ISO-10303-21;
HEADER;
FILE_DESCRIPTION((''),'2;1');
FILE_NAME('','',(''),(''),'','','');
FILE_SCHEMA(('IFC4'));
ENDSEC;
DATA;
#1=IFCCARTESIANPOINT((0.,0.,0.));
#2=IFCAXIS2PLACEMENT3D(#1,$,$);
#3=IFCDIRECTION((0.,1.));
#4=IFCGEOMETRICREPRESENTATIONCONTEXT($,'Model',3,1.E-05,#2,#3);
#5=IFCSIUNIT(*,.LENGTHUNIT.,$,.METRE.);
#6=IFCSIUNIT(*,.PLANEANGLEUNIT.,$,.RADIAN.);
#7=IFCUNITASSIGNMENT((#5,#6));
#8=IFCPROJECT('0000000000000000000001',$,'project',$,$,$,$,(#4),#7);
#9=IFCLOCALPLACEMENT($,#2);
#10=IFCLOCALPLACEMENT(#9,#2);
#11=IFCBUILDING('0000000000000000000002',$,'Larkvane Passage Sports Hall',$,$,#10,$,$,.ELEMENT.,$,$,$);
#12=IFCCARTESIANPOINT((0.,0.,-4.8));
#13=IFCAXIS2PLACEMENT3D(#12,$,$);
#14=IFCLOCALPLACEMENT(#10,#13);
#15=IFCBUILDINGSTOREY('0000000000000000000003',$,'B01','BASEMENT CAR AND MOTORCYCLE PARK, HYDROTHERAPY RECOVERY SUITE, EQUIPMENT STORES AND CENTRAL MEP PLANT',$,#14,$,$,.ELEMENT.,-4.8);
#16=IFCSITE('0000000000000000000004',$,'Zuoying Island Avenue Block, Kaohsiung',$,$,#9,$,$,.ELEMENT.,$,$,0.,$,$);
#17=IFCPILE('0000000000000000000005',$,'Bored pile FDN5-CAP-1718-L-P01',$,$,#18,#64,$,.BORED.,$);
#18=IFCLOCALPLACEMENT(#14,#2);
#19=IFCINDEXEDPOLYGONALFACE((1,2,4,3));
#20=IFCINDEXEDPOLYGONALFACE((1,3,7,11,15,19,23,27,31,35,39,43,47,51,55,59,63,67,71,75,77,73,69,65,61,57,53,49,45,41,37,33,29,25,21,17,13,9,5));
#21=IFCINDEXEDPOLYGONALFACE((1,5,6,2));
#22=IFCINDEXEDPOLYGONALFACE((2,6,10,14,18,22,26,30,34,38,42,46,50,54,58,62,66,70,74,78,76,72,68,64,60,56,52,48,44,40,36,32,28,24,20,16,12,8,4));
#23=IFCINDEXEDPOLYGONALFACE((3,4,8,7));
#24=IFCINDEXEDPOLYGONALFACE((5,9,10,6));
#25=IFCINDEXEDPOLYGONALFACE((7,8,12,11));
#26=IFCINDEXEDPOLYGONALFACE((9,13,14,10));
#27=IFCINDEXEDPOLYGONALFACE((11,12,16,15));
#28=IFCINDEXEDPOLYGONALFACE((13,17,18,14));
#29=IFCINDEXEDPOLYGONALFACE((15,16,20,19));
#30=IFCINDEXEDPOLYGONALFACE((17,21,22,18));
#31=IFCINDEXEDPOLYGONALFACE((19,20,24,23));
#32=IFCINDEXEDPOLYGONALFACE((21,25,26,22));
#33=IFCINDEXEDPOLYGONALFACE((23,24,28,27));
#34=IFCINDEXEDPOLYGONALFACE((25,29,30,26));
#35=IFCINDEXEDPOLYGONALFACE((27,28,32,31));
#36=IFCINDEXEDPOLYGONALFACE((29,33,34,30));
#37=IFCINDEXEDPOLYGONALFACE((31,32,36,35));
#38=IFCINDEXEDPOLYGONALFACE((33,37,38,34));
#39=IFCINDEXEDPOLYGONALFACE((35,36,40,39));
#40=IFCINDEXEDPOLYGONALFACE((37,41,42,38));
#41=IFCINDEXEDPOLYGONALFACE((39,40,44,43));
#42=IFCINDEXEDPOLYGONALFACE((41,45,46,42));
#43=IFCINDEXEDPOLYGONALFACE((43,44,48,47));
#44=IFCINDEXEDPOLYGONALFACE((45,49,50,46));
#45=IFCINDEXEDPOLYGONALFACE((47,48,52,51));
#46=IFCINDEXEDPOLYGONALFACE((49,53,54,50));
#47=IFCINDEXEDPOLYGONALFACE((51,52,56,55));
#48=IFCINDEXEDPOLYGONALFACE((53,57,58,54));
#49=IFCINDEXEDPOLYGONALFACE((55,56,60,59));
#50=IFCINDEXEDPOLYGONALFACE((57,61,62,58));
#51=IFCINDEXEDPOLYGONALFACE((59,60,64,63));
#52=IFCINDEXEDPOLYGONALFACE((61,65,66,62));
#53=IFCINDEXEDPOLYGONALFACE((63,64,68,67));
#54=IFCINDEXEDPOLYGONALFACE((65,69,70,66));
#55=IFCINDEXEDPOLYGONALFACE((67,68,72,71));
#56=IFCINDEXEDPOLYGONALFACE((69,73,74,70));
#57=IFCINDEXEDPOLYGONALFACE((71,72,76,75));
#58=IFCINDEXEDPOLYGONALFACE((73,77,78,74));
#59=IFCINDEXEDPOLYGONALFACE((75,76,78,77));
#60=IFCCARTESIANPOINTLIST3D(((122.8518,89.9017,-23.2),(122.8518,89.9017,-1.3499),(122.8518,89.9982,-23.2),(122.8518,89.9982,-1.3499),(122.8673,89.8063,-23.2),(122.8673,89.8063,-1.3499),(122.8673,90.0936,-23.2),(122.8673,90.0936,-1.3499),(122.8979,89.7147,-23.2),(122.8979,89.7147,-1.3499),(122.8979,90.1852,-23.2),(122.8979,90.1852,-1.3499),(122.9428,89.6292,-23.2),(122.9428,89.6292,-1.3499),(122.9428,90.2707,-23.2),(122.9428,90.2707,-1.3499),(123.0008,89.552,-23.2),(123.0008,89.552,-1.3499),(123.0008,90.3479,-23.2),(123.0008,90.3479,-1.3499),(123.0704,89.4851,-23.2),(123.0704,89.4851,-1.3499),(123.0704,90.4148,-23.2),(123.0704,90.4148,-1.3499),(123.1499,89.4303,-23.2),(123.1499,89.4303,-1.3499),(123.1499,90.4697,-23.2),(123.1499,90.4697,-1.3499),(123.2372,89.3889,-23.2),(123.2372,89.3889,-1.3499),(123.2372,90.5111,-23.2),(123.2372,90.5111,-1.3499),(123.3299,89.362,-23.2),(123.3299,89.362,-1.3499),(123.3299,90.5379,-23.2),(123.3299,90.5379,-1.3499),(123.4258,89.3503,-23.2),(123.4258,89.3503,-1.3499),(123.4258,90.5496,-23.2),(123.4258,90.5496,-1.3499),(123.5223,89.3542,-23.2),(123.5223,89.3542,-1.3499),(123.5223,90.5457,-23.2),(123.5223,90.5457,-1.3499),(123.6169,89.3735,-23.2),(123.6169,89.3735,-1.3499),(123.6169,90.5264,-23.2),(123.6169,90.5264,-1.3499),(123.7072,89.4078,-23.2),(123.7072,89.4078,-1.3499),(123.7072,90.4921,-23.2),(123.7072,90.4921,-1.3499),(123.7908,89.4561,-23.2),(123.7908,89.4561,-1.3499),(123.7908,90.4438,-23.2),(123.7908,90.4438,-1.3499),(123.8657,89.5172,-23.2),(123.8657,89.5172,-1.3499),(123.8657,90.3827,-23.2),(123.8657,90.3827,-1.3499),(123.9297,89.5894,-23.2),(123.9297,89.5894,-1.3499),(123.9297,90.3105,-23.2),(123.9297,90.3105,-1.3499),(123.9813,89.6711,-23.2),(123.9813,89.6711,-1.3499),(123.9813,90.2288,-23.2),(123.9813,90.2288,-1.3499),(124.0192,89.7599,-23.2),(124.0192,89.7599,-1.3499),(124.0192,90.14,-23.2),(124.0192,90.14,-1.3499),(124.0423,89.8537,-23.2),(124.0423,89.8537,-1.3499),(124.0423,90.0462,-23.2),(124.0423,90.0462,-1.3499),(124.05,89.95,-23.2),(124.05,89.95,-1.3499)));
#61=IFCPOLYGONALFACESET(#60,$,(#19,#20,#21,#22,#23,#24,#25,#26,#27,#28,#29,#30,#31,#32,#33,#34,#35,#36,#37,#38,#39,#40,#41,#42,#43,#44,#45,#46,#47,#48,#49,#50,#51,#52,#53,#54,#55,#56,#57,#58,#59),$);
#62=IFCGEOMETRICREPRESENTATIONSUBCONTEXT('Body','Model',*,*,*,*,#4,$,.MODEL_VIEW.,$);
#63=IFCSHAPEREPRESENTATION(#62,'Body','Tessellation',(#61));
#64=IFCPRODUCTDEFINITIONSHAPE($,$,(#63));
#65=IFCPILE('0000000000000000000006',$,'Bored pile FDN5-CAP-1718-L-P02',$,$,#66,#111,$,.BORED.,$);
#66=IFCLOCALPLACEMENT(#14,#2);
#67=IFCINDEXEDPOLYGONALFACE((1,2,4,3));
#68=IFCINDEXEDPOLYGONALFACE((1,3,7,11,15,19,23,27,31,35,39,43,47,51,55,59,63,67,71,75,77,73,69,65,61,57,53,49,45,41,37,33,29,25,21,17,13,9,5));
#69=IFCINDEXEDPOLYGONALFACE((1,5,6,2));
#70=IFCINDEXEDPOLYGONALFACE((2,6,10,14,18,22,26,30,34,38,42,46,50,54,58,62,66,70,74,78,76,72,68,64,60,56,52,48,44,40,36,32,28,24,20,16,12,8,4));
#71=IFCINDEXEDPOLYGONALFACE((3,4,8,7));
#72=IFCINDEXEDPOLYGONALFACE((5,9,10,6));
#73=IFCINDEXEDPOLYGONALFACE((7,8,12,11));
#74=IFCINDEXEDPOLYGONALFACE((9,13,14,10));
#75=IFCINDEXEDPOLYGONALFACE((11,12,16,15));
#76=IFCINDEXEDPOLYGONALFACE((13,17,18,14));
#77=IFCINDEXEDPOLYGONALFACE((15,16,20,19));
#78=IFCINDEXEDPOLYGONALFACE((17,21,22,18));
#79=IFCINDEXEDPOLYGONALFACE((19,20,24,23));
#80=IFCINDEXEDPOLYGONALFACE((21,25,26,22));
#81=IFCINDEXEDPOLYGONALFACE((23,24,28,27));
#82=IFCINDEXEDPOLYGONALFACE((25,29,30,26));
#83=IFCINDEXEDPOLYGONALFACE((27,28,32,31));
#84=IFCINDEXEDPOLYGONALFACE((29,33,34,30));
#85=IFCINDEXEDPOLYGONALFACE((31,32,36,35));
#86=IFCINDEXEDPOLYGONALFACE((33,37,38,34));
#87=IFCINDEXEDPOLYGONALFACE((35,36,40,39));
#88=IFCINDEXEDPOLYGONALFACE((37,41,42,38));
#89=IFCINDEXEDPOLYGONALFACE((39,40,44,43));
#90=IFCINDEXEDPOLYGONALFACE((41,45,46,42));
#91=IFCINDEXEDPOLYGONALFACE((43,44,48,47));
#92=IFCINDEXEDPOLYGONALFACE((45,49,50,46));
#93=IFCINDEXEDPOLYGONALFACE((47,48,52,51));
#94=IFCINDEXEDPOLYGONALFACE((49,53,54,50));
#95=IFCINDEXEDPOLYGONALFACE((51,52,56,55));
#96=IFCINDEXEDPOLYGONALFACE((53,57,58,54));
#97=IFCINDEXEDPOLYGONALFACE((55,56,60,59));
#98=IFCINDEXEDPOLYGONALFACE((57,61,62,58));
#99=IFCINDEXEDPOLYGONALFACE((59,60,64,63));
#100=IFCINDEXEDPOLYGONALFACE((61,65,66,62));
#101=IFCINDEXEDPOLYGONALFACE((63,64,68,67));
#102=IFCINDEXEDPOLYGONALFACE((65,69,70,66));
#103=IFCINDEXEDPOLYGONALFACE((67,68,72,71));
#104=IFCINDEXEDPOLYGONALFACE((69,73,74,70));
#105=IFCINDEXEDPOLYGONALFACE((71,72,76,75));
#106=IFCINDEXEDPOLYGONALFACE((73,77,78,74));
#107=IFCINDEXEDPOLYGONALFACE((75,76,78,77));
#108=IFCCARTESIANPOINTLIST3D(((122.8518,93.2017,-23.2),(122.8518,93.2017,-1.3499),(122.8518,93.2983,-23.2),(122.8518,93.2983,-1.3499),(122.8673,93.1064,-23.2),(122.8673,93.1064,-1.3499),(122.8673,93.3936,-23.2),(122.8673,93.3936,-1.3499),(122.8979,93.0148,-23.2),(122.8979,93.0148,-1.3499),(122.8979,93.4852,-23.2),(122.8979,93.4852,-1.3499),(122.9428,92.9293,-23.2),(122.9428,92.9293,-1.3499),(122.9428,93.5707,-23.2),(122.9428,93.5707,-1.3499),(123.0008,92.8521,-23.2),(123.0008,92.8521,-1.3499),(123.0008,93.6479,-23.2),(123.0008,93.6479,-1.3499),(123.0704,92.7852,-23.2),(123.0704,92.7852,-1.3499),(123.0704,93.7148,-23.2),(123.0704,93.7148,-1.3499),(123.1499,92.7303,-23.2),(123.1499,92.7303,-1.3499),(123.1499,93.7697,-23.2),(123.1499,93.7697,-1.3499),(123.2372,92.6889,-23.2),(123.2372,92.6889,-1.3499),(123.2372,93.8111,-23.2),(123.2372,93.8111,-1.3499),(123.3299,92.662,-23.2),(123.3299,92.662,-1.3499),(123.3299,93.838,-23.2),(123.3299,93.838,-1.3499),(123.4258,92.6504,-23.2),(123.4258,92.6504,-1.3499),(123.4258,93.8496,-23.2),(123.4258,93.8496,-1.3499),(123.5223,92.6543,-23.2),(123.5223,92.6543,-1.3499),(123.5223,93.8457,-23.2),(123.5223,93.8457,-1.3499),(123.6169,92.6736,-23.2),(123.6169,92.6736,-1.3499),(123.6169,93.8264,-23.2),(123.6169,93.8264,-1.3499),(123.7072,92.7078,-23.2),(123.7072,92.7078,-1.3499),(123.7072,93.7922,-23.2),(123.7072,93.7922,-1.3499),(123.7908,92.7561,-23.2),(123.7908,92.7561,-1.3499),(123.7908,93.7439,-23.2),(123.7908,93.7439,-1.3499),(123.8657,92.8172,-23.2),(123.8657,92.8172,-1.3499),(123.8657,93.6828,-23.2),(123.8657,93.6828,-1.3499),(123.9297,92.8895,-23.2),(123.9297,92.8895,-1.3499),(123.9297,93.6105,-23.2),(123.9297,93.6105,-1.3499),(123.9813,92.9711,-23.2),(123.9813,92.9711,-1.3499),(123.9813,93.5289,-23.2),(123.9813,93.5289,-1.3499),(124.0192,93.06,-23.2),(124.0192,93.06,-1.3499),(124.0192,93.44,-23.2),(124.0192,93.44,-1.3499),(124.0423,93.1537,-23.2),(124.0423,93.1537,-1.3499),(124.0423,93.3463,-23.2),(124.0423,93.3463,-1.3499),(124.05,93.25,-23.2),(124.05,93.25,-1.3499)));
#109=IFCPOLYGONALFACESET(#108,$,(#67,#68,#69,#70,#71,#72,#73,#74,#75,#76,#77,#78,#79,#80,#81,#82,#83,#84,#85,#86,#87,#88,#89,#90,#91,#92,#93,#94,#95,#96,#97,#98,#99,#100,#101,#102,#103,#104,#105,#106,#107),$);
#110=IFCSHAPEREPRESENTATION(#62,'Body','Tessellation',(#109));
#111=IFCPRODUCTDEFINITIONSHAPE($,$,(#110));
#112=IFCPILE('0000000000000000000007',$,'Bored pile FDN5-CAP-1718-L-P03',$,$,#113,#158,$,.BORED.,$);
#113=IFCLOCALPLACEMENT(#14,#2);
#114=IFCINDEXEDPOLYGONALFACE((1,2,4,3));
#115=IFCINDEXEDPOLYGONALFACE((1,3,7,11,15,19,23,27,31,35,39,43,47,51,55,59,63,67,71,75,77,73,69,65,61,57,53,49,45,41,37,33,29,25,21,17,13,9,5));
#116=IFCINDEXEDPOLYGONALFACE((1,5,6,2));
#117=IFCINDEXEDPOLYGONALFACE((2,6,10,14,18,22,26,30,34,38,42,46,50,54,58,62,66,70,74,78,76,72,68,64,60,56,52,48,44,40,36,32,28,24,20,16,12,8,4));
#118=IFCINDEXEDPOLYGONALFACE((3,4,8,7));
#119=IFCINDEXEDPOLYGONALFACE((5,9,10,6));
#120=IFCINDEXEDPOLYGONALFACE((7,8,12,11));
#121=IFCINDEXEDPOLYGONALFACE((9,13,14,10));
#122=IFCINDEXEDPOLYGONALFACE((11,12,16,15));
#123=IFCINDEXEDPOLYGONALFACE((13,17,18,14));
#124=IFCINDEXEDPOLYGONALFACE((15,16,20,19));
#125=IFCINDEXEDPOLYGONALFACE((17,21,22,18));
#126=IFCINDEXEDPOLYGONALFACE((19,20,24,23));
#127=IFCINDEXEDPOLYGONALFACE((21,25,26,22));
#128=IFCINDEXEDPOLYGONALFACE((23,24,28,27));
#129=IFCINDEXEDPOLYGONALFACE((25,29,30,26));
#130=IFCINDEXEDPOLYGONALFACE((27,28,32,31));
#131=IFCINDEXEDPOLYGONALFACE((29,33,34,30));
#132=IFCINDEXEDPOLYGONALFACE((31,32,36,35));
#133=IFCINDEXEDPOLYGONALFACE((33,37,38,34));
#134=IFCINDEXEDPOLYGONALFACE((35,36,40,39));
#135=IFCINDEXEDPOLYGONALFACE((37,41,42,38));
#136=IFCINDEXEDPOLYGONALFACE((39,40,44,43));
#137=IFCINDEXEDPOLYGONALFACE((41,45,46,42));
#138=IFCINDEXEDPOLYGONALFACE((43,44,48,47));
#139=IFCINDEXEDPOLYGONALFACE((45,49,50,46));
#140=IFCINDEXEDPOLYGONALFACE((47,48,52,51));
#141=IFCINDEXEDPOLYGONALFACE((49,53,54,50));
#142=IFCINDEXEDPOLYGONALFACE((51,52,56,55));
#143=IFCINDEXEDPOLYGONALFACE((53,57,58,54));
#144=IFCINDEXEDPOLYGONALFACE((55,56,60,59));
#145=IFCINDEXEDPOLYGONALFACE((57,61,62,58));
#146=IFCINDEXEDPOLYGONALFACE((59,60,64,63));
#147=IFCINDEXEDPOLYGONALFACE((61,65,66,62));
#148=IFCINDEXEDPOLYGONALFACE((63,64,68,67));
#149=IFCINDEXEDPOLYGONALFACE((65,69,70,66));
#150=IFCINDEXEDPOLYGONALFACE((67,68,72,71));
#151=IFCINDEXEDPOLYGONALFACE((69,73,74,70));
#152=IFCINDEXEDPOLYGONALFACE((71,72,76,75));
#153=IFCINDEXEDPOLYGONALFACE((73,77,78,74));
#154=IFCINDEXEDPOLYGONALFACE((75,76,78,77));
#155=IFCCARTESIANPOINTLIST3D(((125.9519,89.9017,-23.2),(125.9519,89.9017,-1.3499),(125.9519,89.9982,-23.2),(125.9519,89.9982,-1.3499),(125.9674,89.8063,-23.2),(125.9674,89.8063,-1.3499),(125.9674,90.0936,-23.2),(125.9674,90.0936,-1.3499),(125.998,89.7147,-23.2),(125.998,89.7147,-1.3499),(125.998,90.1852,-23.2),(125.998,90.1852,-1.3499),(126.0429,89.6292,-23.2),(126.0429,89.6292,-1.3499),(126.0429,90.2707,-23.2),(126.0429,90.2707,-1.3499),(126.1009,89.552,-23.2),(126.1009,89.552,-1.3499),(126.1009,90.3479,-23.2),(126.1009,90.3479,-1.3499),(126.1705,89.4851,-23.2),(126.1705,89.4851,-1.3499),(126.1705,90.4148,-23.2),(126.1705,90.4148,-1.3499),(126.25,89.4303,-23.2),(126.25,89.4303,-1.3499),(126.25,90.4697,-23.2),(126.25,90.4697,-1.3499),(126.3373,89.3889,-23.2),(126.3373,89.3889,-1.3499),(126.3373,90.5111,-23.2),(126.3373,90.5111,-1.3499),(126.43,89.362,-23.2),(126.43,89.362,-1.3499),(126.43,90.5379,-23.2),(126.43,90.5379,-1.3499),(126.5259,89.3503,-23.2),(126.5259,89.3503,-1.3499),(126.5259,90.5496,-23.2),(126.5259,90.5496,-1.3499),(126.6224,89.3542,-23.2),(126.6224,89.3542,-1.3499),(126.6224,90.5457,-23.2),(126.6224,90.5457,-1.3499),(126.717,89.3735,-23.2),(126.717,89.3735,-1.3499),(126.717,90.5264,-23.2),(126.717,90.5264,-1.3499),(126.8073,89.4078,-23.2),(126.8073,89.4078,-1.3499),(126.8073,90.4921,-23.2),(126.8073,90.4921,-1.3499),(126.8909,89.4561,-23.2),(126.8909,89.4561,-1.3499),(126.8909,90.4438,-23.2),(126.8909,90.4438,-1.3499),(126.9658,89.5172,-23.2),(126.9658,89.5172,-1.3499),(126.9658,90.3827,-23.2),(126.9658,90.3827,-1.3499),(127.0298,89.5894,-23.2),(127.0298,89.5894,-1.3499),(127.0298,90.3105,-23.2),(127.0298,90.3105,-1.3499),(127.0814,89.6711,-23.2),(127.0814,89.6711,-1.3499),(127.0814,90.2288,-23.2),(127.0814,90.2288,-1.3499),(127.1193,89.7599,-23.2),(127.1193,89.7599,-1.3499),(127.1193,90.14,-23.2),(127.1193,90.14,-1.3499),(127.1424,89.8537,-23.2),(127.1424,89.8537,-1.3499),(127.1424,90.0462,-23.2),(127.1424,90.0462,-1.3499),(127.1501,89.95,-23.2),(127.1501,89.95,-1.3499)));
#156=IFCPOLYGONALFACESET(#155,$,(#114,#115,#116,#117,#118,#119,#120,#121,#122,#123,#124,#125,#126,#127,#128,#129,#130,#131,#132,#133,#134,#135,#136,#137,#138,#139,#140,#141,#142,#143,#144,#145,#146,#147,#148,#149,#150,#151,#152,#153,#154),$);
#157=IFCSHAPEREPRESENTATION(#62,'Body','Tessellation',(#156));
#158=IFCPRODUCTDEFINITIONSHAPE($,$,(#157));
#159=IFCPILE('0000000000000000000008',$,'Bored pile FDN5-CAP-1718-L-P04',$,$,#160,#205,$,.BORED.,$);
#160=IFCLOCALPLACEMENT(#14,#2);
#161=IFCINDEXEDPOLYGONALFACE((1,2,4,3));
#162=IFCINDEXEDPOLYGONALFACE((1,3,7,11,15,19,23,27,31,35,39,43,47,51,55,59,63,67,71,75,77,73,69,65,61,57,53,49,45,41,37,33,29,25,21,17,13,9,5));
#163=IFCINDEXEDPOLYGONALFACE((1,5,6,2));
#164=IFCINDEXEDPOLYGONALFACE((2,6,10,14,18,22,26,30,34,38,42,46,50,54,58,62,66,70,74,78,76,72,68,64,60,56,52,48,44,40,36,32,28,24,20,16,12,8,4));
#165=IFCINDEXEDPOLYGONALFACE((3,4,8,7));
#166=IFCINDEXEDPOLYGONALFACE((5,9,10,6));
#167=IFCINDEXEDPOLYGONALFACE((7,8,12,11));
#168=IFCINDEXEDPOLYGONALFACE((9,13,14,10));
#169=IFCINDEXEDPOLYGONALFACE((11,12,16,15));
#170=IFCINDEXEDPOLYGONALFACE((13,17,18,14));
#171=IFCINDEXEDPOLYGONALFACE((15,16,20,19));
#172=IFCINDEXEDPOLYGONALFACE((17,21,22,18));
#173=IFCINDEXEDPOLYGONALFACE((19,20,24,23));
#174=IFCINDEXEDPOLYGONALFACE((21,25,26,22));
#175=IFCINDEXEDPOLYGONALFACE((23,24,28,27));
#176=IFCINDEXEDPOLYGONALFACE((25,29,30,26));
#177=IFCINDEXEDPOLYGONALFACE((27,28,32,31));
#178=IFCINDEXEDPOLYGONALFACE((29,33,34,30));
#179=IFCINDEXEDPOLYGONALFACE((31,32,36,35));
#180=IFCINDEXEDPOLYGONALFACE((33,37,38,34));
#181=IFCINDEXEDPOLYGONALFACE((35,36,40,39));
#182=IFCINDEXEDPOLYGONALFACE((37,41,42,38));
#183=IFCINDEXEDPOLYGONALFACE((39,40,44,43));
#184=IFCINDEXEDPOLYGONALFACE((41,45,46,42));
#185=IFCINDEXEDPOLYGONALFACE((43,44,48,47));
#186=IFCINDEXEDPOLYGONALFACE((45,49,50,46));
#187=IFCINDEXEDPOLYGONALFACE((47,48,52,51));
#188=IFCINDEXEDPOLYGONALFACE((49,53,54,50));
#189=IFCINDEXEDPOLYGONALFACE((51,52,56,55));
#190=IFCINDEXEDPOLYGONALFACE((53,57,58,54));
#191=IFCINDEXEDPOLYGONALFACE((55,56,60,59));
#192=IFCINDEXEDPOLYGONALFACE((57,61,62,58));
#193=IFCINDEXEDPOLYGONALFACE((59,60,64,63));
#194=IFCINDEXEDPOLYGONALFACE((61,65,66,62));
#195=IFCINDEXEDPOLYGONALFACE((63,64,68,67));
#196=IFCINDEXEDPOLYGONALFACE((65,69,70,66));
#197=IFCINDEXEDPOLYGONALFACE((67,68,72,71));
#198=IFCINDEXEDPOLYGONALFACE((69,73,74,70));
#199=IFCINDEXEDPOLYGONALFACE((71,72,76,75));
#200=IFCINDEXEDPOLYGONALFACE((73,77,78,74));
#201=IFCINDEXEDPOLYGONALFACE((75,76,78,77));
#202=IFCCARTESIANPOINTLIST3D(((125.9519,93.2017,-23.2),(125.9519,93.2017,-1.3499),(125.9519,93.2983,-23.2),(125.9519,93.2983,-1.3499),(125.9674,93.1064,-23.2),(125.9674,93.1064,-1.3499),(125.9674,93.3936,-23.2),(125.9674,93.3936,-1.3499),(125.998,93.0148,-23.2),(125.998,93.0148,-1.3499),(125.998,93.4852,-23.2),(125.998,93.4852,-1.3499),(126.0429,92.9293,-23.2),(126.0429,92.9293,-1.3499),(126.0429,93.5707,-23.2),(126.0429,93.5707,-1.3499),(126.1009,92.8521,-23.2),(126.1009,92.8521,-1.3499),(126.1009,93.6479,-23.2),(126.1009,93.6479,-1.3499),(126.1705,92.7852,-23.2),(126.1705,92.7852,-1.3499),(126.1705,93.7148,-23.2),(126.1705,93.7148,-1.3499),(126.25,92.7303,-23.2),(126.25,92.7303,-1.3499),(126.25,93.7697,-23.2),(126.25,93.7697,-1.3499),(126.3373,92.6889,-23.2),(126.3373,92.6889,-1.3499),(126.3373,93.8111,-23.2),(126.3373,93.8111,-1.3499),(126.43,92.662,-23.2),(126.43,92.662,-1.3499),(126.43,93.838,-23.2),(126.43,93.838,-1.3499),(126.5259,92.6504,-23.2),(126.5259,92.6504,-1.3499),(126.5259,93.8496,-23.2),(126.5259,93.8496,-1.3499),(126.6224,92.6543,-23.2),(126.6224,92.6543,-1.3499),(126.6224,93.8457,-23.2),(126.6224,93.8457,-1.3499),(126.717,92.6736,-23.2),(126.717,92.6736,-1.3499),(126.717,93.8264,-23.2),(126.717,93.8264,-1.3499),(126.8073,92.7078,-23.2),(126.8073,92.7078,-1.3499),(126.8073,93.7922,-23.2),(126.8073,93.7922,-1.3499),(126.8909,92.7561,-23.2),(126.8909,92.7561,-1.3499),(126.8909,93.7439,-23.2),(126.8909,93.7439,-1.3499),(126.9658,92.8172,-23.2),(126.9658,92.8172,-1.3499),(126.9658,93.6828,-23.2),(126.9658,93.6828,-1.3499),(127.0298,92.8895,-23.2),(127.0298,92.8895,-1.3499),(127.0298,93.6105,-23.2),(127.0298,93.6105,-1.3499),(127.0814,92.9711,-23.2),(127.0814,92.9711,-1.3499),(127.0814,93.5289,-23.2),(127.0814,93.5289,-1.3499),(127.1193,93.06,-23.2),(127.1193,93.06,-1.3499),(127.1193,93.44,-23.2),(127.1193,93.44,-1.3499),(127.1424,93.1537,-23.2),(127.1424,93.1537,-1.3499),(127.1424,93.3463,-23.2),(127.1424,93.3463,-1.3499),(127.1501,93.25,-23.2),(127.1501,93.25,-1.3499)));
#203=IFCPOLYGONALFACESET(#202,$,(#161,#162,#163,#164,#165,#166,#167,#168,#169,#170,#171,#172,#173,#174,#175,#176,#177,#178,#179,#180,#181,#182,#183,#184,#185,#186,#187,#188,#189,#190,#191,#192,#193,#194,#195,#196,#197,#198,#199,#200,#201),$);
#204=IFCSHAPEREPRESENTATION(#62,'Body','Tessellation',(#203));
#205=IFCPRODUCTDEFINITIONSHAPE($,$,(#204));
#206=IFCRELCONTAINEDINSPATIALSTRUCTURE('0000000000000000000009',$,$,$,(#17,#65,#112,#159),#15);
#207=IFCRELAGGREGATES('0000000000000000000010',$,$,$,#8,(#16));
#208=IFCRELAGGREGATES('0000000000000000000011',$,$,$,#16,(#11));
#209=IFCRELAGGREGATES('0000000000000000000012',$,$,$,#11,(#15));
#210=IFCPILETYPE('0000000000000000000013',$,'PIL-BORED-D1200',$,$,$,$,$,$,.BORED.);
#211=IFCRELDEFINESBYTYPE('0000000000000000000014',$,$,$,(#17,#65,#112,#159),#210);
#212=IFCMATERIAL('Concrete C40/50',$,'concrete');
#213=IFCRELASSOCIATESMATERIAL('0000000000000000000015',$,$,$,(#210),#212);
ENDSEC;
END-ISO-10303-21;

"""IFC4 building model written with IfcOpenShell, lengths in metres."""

from ifc_helpers import new_model, si_unit, direction, frame, origin, origin_2d, place, context, subcontext, project, spatial, circle, extrude, material, material_profile, profile_set, type_object, element, save


model = new_model("IFC4")

# Units and contexts
model_context = context("Model", 3, precision=1e-05, world=origin(), true_north=direction((0.0, 1.0)))
body_context = subcontext(model_context, "Body", "Model", "MODEL_VIEW")
ifc_project = project(units=[si_unit("LENGTHUNIT", "METRE"), si_unit("PLANEANGLEUNIT", "RADIAN")], contexts=[model_context])

# Site, building, storey
site_placement = place(None, origin())
site = spatial("IfcSite", under=ifc_project, at=site_placement, Name="Zuoying Island Avenue Block, Kaohsiung", CompositionType="ELEMENT", RefElevation=0.0)
building_placement = place(site_placement, origin())
building = spatial("IfcBuilding", under=site, at=building_placement, Name="Larkvane Passage Sports Hall", CompositionType="ELEMENT")
storey_placement = place(building_placement, frame((0.0, 0.0, -4.8)))
storey = spatial("IfcBuildingStorey", under=building, at=storey_placement, Name="B01", Description="BASEMENT CAR AND MOTORCYCLE PARK, HYDROTHERAPY RECOVERY SUITE, EQUIPMENT STORES AND CENTRAL MEP PLANT", CompositionType="ELEMENT", Elevation=-4.8)

# Shared definitions
ifc_material_1 = material(Name="Concrete C40/50", Category="concrete")

# Piles
ifc_material_profile_1 = material_profile(ifc_material_1, circle(Radius=0.6001, at=origin_2d()), Name="PILE-D1200")
ifc_profile_set_1 = profile_set([ifc_material_profile_1], Name="Concrete C40/50")
pile_type = type_object("IfcPileType", Name="PIL-BORED-D1200", PredefinedType="BORED", material=ifc_profile_set_1)
for number, where, z_axis, x_axis, name in (
    (1, (123.45, 89.95, -1.3499), (0.0, 0.0, -1.0), (1.0, 0.0, 0.0), "Bored pile FDN5-CAP-1718-L-P01"),
    (2, (123.45, 93.25, -1.3499), (0.0, 0.0, -1.0), (1.0, 0.0, 0.0), "Bored pile FDN5-CAP-1718-L-P02"),
    (3, (126.55, 89.95, -1.3499), (0.0, 0.0, -1.0), (1.0, 0.0, 0.0), "Bored pile FDN5-CAP-1718-L-P03"),
    (4, (126.55, 93.25, -1.3499), (0.0, 0.0, -1.0), (1.0, 0.0, 0.0), "Bored pile FDN5-CAP-1718-L-P04"),
):
    element("IfcPile", number, at=place(storey_placement, frame(where, z_axis=z_axis, x_axis=x_axis)), inside=storey, type_object=pile_type, Name=name, PredefinedType="BORED", context=body_context, shape_type="SweptSolid", body=[
        extrude(circle(Radius=0.6001, at=origin_2d()), origin(), (0.0, 0.0, 1.0), 21.8501),
    ])

save(model, "model.ifc")
